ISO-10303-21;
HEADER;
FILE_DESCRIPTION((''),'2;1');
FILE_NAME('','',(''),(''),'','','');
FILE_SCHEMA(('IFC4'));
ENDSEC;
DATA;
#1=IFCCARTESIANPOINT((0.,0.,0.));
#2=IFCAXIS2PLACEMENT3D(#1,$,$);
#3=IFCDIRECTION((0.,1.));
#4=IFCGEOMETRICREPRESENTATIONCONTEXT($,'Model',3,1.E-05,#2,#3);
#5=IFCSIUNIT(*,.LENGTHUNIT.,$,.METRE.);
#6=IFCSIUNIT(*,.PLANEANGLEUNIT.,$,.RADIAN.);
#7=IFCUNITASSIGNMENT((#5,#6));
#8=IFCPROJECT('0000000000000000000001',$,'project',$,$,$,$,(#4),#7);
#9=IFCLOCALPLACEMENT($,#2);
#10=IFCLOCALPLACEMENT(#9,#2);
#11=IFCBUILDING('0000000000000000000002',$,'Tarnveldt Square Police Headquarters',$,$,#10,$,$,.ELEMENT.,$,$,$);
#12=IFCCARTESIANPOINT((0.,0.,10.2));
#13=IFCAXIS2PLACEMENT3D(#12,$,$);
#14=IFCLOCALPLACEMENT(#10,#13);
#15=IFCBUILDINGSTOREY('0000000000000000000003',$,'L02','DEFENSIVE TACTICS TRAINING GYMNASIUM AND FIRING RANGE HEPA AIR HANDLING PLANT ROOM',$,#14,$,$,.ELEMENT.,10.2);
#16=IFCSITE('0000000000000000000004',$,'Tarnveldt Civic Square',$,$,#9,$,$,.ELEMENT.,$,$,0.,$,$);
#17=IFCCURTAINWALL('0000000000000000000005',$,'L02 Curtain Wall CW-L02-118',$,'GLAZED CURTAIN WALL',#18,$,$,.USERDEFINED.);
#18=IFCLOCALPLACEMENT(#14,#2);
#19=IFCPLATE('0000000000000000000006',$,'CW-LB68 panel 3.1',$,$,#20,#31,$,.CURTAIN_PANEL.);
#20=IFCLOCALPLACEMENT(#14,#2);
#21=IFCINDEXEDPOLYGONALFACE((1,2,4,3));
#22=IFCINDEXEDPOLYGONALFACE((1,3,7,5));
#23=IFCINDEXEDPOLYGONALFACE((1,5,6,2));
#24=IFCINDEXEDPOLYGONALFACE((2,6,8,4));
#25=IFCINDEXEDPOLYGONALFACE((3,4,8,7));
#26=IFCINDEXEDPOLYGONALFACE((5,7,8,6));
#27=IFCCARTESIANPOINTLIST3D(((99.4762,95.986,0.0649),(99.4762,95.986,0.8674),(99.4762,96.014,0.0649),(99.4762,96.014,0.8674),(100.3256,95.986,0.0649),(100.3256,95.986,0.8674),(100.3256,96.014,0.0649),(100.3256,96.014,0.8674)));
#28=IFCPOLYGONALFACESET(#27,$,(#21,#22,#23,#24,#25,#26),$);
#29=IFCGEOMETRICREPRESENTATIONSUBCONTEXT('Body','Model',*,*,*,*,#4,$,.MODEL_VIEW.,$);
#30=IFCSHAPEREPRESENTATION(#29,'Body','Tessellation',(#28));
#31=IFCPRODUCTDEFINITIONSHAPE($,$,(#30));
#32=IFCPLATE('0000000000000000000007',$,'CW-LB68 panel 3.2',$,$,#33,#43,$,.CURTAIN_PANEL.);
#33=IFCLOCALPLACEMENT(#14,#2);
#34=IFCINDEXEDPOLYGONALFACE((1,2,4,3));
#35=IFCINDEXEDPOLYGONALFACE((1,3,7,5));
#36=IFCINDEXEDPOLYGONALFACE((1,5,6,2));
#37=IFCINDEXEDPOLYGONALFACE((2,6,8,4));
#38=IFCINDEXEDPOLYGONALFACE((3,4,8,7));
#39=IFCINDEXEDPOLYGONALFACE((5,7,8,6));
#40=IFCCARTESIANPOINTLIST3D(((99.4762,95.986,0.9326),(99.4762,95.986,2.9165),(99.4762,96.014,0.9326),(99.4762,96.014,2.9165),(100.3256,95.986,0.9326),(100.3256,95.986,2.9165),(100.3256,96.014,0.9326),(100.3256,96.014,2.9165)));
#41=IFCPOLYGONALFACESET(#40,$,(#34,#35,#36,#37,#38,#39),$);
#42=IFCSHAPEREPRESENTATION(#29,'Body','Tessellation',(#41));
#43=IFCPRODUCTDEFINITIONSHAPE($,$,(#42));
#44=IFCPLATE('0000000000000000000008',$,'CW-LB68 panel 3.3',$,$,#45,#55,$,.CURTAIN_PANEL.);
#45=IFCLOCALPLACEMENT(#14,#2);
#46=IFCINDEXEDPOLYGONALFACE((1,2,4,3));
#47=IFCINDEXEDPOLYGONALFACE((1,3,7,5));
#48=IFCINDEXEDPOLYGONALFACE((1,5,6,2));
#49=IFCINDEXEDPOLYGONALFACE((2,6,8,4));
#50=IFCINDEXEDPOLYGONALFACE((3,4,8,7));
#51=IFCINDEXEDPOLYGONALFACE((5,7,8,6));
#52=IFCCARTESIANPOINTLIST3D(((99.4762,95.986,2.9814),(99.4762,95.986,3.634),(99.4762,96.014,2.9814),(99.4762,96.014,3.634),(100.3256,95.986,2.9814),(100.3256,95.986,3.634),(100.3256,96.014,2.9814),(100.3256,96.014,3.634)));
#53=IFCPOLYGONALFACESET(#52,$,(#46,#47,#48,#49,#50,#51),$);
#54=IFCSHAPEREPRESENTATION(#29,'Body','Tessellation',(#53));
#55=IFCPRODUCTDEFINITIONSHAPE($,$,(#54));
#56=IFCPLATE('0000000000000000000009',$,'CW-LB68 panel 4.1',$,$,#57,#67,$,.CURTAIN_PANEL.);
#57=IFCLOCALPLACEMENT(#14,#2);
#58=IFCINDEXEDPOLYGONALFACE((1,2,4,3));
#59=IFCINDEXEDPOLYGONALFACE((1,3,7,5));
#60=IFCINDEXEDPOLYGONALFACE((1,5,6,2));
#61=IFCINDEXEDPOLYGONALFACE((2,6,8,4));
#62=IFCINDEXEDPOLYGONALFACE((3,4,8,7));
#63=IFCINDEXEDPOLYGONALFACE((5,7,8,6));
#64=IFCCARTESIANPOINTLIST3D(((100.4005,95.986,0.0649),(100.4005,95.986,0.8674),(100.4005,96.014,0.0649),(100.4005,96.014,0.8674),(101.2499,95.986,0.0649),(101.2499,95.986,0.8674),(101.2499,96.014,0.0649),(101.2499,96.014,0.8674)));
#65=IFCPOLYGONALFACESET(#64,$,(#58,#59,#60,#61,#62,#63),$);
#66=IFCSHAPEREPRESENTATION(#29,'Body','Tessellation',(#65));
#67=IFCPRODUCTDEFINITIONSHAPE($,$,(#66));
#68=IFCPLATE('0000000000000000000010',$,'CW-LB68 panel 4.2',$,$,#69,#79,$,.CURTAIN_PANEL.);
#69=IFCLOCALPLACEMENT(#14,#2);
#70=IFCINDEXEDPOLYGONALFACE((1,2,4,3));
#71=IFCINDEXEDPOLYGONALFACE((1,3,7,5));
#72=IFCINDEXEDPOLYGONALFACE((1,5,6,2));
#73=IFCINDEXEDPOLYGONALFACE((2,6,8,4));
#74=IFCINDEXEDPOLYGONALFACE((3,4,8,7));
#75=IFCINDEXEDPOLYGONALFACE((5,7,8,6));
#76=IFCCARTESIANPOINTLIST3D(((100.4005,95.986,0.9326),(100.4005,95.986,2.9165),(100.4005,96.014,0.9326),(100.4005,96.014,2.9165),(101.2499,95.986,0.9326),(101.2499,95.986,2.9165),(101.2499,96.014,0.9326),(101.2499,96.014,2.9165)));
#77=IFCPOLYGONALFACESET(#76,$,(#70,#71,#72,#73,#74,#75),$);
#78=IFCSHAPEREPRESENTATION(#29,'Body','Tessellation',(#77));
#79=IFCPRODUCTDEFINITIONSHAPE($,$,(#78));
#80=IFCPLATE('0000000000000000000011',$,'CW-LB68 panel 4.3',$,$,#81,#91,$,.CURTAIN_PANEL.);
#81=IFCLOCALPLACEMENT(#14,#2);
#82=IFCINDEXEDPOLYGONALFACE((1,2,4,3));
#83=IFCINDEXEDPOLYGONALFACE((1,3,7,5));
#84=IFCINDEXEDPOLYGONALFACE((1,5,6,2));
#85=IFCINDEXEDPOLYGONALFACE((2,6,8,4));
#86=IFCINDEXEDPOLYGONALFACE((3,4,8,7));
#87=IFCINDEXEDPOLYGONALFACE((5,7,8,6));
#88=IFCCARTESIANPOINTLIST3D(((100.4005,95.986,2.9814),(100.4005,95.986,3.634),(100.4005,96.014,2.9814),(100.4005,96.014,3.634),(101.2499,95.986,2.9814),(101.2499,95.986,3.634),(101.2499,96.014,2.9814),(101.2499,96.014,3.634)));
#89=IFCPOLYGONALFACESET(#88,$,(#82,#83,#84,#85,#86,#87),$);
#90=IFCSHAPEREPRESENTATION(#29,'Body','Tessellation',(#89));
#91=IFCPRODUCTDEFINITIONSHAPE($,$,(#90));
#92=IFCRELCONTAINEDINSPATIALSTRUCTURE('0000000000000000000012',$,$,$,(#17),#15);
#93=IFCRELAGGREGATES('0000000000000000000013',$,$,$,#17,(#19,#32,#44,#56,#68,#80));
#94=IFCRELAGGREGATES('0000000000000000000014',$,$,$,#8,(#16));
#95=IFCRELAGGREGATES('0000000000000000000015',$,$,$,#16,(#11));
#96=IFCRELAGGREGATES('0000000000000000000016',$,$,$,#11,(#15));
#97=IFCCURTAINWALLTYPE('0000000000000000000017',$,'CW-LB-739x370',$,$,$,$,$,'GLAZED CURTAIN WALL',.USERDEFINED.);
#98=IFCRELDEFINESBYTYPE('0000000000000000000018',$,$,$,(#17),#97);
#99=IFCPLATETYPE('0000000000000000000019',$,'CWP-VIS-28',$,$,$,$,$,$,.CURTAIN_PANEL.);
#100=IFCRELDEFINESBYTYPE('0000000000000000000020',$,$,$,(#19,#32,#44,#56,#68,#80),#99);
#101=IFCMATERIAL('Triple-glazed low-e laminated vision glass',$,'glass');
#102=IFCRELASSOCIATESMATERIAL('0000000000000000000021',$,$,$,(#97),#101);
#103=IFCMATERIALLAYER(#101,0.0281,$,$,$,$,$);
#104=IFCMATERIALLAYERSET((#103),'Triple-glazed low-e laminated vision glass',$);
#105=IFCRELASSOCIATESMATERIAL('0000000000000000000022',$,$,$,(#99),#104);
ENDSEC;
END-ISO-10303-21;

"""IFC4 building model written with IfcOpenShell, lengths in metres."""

from ifc_helpers import new_model, si_unit, direction, frame, origin, origin_2d, place, context, subcontext, project, spatial, rectangle, extrude, material, layer, layer_set, type_object, element, aggregate, save


model = new_model("IFC4")

# Units and contexts
model_context = context("Model", 3, precision=1e-05, world=origin(), true_north=direction((0.0, 1.0)))
body_context = subcontext(model_context, "Body", "Model", "MODEL_VIEW")
ifc_project = project(units=[si_unit("LENGTHUNIT", "METRE"), si_unit("PLANEANGLEUNIT", "RADIAN")], contexts=[model_context])

# Site, building, storey
site_placement = place(None, origin())
site = spatial("IfcSite", under=ifc_project, at=site_placement, Name="Tarnveldt Civic Square", CompositionType="ELEMENT", RefElevation=0.0)
building_placement = place(site_placement, origin())
building = spatial("IfcBuilding", under=site, at=building_placement, Name="Tarnveldt Square Police Headquarters", CompositionType="ELEMENT")
storey_placement = place(building_placement, frame((0.0, 0.0, 10.2)))
storey = spatial("IfcBuildingStorey", under=building, at=storey_placement, Name="L02", Description="DEFENSIVE TACTICS TRAINING GYMNASIUM AND FIRING RANGE HEPA AIR HANDLING PLANT ROOM", CompositionType="ELEMENT", Elevation=10.2)

# Curtain wall, plates
ifc_material_1 = material(Name="Triple-glazed low-e laminated vision glass", Category="glass")
curtain_wall_type = type_object("IfcCurtainWallType", Name="CW-LB-739x370", ElementType="GLAZED CURTAIN WALL", PredefinedType="USERDEFINED", material=ifc_material_1)
curtain_wall_placement = place(storey_placement, origin())
curtain_wall = element("IfcCurtainWall", 1, at=curtain_wall_placement, inside=storey, type_object=curtain_wall_type, Name="L02 Curtain Wall CW-L02-118", ObjectType="GLAZED CURTAIN WALL", PredefinedType="USERDEFINED")
ifc_layer = layer(ifc_material_1, 0.0281)
ifc_layer_set = layer_set([ifc_layer], Name="Triple-glazed low-e laminated vision glass")
plate_type = type_object("IfcPlateType", Name="CWP-VIS-28", PredefinedType="CURTAIN_PANEL", material=ifc_layer_set)
plate_1_placement = place(storey_placement, frame((99.9009, 96.0, 0.0649), z_axis=(0.0, 0.0, 1.0), x_axis=(1.0, 0.0, 0.0)))
plate_1 = element("IfcPlate", 2, at=plate_1_placement, type_object=plate_type, Name="CW-LB68 panel 3.1", PredefinedType="CURTAIN_PANEL", context=body_context, shape_type="SweptSolid", body=[
    extrude(rectangle(XDim=0.8494, YDim=0.0281, at=origin_2d()), origin(), (0.0, 0.0, 1.0), 0.8025),
])
plate_2_placement = place(storey_placement, frame((99.9009, 96.0, 0.9326), z_axis=(0.0, 0.0, 1.0), x_axis=(1.0, 0.0, 0.0)))
plate_2 = element("IfcPlate", 3, at=plate_2_placement, type_object=plate_type, Name="CW-LB68 panel 3.2", PredefinedType="CURTAIN_PANEL", context=body_context, shape_type="SweptSolid", body=[
    extrude(rectangle(XDim=0.8494, YDim=0.0281, at=origin_2d()), origin(), (0.0, 0.0, 1.0), 1.9839),
])
plate_3_placement = place(storey_placement, frame((99.9009, 96.0, 2.9814), z_axis=(0.0, 0.0, 1.0), x_axis=(1.0, 0.0, 0.0)))
plate_3 = element("IfcPlate", 4, at=plate_3_placement, type_object=plate_type, Name="CW-LB68 panel 3.3", PredefinedType="CURTAIN_PANEL", context=body_context, shape_type="SweptSolid", body=[
    extrude(rectangle(XDim=0.8494, YDim=0.0281, at=origin_2d()), origin(), (0.0, 0.0, 1.0), 0.6526),
])
plate_4_placement = place(storey_placement, frame((100.8252, 96.0, 0.0649), z_axis=(0.0, 0.0, 1.0), x_axis=(1.0, 0.0, 0.0)))
plate_4 = element("IfcPlate", 5, at=plate_4_placement, type_object=plate_type, Name="CW-LB68 panel 4.1", PredefinedType="CURTAIN_PANEL", context=body_context, shape_type="SweptSolid", body=[
    extrude(rectangle(XDim=0.8494, YDim=0.0281, at=origin_2d()), origin(), (0.0, 0.0, 1.0), 0.8025),
])
plate_5_placement = place(storey_placement, frame((100.8252, 96.0, 0.9326), z_axis=(0.0, 0.0, 1.0), x_axis=(1.0, 0.0, 0.0)))
plate_5 = element("IfcPlate", 6, at=plate_5_placement, type_object=plate_type, Name="CW-LB68 panel 4.2", PredefinedType="CURTAIN_PANEL", context=body_context, shape_type="SweptSolid", body=[
    extrude(rectangle(XDim=0.8494, YDim=0.0281, at=origin_2d()), origin(), (0.0, 0.0, 1.0), 1.9839),
])
plate_6_placement = place(storey_placement, frame((100.8252, 96.0, 2.9814), z_axis=(0.0, 0.0, 1.0), x_axis=(1.0, 0.0, 0.0)))
plate_6 = element("IfcPlate", 7, at=plate_6_placement, type_object=plate_type, Name="CW-LB68 panel 4.3", PredefinedType="CURTAIN_PANEL", context=body_context, shape_type="SweptSolid", body=[
    extrude(rectangle(XDim=0.8494, YDim=0.0281, at=origin_2d()), origin(), (0.0, 0.0, 1.0), 0.6526),
])
aggregate(curtain_wall, [plate_1, plate_2, plate_3, plate_4, plate_5, plate_6])

save(model, "model.ifc")
